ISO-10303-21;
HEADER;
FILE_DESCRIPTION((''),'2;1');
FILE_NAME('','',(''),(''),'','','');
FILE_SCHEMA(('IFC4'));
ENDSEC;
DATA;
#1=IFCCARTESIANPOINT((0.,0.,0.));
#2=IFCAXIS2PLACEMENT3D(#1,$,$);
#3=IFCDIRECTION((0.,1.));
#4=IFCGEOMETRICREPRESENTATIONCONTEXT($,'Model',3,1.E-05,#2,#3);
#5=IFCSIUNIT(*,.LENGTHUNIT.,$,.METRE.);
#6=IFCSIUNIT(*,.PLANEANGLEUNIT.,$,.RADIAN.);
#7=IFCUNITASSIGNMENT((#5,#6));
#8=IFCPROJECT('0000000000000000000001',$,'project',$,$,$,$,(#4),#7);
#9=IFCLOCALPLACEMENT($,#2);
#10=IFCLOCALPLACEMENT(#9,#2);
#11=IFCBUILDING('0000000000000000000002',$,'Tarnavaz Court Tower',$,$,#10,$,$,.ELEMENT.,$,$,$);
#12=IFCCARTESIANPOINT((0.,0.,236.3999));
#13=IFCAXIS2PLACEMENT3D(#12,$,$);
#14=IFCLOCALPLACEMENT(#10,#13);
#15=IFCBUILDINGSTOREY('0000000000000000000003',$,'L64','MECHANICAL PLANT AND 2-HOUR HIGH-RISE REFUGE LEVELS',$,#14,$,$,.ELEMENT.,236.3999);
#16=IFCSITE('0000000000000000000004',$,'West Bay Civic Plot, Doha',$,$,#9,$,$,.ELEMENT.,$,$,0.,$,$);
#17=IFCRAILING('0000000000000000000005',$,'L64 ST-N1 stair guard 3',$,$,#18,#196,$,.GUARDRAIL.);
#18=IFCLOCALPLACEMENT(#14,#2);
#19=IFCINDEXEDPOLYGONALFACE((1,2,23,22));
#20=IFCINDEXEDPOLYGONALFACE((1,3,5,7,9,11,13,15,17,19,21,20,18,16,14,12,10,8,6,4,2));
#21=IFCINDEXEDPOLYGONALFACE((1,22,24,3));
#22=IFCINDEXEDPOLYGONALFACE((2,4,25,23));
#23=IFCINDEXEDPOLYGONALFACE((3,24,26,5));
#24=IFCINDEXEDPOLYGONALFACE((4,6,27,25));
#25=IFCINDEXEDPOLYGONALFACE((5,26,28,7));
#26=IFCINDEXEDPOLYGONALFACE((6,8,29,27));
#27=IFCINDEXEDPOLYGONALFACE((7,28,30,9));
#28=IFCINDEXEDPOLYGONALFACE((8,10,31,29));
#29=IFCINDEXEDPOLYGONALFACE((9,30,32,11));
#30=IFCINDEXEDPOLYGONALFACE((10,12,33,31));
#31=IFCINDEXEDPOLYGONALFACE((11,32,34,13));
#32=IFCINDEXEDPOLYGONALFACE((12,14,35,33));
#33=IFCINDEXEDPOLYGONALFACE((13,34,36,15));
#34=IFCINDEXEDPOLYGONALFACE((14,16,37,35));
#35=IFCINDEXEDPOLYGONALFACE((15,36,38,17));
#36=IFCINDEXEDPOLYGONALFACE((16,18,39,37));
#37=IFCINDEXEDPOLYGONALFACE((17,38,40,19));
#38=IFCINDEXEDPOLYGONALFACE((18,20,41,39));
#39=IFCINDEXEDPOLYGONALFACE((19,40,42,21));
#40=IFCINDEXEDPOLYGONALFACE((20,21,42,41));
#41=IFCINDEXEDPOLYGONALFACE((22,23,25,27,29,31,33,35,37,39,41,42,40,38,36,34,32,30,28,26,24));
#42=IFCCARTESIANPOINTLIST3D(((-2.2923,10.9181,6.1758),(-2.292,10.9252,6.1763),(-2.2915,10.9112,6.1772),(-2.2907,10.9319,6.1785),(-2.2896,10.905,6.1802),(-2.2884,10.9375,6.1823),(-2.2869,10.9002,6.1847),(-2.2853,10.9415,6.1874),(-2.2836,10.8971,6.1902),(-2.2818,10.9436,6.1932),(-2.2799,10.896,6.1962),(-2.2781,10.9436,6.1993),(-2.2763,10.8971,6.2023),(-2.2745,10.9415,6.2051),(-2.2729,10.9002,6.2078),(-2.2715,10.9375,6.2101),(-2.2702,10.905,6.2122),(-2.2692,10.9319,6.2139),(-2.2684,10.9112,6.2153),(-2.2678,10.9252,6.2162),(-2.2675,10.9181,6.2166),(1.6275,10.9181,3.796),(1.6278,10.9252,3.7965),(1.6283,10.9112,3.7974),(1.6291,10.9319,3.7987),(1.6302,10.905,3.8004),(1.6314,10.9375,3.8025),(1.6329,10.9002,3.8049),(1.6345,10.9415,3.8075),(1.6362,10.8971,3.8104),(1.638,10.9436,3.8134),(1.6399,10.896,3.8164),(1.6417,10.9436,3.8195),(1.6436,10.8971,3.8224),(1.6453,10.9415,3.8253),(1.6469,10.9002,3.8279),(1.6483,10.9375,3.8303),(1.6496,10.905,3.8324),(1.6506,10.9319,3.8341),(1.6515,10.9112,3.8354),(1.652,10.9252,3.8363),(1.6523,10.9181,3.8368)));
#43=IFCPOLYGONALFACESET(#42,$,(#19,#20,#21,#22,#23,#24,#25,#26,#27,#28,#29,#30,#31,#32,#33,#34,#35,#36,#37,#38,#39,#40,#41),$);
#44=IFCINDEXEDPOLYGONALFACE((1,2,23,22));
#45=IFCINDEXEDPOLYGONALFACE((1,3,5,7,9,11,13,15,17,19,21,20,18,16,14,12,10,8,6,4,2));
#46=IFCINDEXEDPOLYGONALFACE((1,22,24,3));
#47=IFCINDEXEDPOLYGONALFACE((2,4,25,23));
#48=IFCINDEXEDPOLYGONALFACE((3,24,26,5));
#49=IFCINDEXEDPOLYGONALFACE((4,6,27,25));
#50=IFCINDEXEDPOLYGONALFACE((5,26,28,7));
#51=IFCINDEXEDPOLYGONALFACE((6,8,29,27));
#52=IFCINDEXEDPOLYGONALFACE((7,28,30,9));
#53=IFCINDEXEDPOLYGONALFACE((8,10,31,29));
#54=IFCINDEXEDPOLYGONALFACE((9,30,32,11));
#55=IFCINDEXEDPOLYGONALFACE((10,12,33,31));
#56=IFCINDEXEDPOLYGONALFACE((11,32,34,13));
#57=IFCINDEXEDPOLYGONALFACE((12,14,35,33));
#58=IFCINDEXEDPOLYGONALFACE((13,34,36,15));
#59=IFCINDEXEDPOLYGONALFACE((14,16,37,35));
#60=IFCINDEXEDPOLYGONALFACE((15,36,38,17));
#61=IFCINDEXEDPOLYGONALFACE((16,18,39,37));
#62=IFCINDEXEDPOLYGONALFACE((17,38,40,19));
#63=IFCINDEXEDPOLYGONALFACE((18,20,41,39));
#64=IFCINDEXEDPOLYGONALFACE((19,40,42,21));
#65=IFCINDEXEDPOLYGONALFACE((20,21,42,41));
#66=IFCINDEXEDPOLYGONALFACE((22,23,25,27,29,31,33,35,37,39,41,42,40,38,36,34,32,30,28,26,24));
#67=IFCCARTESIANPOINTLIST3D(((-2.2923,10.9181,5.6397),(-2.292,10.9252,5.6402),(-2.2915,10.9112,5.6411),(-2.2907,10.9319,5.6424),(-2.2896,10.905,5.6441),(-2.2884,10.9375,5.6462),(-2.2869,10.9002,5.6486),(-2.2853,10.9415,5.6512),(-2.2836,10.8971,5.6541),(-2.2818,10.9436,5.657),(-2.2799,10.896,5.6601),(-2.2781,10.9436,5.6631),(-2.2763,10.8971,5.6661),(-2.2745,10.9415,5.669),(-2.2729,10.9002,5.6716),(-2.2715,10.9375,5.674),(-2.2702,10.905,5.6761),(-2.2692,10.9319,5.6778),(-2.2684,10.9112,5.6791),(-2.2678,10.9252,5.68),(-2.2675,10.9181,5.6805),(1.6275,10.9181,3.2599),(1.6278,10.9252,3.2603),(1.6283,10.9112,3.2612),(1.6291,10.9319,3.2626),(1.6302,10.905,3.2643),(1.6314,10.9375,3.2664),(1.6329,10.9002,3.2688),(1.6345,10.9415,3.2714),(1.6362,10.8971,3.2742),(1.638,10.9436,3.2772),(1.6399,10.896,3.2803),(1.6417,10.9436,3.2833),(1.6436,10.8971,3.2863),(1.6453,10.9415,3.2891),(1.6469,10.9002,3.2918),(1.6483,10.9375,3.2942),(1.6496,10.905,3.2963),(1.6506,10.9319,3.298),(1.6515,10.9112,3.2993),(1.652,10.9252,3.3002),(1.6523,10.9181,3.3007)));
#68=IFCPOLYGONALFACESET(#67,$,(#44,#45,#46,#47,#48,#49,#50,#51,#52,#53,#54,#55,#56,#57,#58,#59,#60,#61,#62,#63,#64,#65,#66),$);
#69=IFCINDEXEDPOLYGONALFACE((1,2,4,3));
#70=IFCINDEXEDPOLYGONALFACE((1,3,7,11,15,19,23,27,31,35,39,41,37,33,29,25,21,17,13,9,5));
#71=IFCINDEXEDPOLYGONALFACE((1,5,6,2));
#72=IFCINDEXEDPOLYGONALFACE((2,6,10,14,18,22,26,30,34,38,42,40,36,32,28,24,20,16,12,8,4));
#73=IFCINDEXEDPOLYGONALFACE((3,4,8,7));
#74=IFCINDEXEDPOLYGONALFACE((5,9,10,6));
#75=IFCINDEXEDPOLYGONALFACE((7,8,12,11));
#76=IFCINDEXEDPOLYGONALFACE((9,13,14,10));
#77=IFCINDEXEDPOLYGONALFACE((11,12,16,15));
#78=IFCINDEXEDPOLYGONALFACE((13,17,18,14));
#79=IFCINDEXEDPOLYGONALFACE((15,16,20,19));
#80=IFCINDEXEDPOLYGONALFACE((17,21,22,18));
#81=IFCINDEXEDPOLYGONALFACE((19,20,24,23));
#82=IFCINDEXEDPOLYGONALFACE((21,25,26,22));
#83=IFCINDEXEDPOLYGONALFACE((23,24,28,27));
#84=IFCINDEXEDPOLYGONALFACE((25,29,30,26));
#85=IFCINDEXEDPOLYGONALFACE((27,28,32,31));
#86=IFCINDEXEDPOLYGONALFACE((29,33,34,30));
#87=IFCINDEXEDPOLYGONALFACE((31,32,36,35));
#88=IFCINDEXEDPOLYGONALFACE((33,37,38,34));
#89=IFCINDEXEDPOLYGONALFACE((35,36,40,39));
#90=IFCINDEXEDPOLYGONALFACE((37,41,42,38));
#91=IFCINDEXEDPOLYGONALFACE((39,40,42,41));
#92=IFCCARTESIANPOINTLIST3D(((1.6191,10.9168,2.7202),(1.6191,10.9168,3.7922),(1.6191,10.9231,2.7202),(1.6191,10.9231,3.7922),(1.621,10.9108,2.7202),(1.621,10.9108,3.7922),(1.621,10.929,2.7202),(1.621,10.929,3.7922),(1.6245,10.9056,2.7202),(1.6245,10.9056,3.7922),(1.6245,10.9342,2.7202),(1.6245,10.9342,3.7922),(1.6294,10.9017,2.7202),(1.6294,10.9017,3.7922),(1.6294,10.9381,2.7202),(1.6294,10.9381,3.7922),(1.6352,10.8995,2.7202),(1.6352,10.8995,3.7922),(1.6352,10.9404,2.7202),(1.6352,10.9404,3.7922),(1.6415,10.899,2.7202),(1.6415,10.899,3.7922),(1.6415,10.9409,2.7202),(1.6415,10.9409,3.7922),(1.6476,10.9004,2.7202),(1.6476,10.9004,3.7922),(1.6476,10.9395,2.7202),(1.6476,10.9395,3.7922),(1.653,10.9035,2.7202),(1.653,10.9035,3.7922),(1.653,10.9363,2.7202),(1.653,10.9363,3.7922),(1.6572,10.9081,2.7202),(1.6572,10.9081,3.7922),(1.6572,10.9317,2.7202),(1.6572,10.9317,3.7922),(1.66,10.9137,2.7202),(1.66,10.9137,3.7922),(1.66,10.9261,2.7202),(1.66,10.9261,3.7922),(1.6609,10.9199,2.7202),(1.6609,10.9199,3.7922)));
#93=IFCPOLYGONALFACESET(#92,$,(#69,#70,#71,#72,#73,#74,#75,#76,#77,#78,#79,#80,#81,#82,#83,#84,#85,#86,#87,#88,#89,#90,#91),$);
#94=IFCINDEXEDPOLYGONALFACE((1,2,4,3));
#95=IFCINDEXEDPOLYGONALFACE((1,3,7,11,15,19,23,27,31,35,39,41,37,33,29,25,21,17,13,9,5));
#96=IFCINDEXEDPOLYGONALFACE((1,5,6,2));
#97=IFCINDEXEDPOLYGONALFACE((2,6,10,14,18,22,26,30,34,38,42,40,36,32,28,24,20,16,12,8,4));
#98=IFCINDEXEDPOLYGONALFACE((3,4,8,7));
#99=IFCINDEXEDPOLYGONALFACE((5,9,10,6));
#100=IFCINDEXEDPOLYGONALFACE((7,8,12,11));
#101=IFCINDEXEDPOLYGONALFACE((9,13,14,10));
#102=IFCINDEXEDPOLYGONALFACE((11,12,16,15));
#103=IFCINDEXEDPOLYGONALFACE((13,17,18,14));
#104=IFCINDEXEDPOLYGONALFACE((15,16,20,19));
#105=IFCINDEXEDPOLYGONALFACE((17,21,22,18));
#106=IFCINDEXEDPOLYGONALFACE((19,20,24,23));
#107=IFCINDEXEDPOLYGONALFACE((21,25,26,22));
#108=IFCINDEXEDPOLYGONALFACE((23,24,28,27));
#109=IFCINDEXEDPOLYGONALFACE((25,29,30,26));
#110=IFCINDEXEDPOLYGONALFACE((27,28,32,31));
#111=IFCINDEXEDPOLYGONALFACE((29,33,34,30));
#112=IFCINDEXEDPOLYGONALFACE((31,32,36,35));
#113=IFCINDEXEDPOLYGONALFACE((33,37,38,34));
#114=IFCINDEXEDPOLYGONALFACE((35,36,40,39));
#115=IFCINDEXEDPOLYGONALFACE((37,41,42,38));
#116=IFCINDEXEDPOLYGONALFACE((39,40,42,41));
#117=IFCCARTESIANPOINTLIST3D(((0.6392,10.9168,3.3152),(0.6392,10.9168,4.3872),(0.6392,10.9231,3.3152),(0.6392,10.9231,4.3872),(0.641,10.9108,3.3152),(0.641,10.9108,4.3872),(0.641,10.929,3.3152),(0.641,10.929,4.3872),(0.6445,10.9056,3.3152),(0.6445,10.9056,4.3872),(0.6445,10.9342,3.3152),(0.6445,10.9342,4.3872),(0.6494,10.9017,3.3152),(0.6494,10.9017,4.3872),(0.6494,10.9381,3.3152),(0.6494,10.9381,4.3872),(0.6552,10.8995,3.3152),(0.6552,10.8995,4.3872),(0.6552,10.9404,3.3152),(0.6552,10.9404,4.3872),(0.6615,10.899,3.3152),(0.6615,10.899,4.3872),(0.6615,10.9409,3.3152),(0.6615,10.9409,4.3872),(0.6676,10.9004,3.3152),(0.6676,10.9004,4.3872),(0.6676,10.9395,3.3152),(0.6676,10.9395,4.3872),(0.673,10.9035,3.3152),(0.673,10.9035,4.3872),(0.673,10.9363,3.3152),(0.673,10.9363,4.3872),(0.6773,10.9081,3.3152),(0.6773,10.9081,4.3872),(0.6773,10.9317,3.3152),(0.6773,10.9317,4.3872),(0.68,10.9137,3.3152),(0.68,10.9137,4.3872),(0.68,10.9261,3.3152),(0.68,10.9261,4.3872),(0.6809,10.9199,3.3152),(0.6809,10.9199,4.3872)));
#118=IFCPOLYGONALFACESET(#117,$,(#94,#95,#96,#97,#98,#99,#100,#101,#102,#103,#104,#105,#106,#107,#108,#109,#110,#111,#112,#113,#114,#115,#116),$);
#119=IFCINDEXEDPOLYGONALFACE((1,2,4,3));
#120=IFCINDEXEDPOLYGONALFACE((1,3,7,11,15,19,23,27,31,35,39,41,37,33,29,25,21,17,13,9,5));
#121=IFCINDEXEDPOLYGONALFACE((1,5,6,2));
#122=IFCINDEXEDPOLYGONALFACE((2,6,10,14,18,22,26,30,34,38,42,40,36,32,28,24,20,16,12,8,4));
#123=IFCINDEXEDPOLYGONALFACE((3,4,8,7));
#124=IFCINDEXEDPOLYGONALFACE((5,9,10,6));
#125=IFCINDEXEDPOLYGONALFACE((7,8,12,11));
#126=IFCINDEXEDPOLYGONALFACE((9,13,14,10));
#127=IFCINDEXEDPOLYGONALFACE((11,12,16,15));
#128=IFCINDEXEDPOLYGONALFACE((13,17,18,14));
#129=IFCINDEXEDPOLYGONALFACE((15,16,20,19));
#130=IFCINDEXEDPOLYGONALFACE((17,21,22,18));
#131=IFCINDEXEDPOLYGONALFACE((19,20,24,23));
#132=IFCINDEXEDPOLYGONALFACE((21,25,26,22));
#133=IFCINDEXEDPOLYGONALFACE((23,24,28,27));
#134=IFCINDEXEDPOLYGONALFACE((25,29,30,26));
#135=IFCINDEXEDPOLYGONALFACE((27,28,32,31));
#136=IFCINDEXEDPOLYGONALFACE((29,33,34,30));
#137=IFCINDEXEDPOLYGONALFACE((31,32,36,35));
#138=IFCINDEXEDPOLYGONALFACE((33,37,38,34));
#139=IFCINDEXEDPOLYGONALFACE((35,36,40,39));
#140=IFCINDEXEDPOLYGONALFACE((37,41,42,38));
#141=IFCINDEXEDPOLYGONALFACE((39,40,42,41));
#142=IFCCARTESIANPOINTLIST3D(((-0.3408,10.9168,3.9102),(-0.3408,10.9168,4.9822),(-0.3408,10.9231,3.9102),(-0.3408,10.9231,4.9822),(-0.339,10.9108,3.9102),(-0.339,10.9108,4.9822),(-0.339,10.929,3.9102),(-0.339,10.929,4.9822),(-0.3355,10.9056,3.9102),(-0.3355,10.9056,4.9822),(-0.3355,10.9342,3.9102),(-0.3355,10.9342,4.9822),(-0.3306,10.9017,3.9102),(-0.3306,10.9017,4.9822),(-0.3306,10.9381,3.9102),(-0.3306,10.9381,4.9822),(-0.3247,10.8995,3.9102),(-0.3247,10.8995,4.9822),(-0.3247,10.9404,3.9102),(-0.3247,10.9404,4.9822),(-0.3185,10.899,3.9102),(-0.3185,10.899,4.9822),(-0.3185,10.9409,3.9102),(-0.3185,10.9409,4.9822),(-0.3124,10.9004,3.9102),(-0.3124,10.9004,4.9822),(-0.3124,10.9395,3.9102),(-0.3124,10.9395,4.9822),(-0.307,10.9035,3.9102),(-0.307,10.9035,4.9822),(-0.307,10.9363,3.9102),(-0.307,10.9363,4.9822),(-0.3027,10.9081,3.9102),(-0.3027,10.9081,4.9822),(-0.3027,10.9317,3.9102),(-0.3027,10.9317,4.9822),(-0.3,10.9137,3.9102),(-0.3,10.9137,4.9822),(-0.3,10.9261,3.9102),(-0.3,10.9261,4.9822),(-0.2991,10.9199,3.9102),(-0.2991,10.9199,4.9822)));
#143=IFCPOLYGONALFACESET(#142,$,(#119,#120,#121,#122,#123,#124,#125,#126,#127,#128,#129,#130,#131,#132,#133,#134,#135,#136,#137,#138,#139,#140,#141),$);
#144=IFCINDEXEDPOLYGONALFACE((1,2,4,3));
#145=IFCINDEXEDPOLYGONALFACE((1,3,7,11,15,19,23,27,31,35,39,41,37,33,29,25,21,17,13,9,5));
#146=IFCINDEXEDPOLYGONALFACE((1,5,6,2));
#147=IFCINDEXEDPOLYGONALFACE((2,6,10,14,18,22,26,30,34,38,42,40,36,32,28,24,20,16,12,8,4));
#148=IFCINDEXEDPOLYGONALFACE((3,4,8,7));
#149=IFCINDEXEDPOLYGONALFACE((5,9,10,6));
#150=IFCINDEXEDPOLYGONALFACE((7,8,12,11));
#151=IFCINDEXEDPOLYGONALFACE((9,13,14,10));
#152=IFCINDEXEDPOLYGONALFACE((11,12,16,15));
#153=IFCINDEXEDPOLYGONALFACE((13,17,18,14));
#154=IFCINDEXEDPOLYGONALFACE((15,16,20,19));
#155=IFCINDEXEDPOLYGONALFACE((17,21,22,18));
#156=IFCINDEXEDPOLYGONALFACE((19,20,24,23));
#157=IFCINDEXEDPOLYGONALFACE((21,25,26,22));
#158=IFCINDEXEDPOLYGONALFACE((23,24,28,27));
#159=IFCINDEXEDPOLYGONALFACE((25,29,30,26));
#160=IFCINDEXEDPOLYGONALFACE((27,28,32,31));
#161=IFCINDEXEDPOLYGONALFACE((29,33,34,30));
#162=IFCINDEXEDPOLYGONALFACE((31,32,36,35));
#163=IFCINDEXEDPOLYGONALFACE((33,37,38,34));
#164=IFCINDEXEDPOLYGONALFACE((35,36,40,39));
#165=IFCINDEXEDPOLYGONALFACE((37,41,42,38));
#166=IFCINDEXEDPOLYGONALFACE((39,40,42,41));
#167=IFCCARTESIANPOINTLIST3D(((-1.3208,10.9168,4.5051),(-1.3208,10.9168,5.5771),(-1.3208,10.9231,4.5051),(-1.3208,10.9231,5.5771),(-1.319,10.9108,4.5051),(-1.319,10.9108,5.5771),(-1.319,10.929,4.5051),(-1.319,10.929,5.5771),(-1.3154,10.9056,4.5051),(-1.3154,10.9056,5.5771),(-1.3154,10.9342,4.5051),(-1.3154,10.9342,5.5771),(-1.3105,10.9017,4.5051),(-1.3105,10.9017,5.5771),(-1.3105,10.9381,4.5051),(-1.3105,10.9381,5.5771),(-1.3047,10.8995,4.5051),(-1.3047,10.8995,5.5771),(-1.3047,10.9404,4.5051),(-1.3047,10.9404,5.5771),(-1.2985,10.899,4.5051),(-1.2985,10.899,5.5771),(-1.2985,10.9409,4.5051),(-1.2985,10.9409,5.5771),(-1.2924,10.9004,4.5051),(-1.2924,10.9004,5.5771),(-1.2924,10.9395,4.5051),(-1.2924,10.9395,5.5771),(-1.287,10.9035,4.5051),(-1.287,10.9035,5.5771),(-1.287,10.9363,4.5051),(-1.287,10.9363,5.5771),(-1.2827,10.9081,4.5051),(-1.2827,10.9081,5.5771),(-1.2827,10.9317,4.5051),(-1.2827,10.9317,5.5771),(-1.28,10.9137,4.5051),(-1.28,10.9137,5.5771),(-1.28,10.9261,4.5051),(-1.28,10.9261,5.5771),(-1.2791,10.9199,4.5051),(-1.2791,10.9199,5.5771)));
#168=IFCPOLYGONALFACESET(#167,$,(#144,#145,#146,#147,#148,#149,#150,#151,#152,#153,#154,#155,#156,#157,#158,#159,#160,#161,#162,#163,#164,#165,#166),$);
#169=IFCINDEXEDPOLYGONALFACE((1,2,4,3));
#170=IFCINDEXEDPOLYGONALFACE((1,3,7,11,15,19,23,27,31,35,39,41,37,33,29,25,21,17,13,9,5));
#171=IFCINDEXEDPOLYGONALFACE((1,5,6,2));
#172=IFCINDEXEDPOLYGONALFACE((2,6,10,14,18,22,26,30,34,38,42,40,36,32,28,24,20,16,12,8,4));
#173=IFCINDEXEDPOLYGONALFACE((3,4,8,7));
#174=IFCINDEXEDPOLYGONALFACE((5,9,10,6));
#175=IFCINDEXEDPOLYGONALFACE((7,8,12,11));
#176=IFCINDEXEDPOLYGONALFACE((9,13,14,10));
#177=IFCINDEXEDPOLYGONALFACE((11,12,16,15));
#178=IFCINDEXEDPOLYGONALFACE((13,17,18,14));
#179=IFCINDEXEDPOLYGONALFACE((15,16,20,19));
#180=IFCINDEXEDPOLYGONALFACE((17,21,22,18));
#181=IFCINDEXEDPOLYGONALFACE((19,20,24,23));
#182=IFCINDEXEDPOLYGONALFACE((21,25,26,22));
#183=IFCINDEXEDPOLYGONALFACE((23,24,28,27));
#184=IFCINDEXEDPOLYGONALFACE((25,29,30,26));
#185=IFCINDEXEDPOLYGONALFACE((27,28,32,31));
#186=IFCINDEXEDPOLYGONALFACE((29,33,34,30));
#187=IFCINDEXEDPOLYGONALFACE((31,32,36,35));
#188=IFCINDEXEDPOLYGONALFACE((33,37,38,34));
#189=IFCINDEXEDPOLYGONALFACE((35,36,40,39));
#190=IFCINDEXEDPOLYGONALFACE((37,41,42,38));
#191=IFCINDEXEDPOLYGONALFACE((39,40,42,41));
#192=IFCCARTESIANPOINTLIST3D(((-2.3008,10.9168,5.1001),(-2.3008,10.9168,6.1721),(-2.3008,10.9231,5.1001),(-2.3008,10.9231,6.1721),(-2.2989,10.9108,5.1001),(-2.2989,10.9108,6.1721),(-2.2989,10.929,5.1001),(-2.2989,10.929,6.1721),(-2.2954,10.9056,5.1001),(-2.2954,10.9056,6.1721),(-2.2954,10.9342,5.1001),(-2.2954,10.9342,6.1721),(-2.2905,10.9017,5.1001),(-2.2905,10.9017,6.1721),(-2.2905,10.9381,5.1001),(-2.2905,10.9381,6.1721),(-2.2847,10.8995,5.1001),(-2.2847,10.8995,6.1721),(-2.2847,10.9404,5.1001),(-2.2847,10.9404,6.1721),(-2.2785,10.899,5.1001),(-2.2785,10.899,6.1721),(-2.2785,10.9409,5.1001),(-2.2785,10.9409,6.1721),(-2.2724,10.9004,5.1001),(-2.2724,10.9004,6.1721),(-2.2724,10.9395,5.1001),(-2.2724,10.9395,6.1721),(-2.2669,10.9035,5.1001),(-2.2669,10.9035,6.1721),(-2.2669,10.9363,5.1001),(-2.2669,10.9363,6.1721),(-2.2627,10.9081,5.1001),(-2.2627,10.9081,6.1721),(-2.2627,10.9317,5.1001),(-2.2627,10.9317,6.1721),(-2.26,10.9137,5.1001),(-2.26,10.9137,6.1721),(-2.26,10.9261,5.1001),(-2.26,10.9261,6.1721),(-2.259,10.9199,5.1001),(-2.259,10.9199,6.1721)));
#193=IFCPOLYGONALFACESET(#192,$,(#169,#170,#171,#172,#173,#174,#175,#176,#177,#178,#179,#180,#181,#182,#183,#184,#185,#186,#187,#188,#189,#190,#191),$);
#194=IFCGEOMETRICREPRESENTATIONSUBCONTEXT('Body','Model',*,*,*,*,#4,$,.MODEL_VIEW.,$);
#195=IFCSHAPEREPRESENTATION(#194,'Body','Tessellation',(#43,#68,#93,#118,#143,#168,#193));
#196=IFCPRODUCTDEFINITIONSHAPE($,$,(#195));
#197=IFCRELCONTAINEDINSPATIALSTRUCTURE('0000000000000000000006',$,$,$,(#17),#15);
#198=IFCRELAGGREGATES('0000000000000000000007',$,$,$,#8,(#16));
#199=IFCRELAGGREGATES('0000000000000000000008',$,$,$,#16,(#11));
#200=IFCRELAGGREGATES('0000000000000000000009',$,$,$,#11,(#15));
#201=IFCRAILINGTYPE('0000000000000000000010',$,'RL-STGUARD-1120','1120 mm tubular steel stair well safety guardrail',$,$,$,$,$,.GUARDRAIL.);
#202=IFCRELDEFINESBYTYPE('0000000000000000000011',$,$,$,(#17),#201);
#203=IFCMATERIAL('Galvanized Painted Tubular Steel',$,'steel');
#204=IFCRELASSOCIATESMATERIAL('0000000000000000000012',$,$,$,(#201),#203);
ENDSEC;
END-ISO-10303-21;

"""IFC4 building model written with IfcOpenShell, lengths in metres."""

from ifc_helpers import new_model, si_unit, direction, frame, origin, origin_2d, place, context, subcontext, project, spatial, circle, extrude, material, type_object, element, save


model = new_model("IFC4")

# Units and contexts
model_context = context("Model", 3, precision=1e-05, world=origin(), true_north=direction((0.0, 1.0)))
body_context = subcontext(model_context, "Body", "Model", "MODEL_VIEW")
ifc_project = project(units=[si_unit("LENGTHUNIT", "METRE"), si_unit("PLANEANGLEUNIT", "RADIAN")], contexts=[model_context])

# Site, building, storey
site_placement = place(None, origin())
site = spatial("IfcSite", under=ifc_project, at=site_placement, Name="West Bay Civic Plot, Doha", CompositionType="ELEMENT", RefElevation=0.0)
building_placement = place(site_placement, origin())
building = spatial("IfcBuilding", under=site, at=building_placement, Name="Tarnavaz Court Tower", CompositionType="ELEMENT")
storey_placement = place(building_placement, frame((0.0, 0.0, 236.3999)))
storey = spatial("IfcBuildingStorey", under=building, at=storey_placement, Name="L64", Description="MECHANICAL PLANT AND 2-HOUR HIGH-RISE REFUGE LEVELS", CompositionType="ELEMENT", Elevation=236.3999)

# Railing
ifc_material_1 = material(Name="Galvanized Painted Tubular Steel", Category="steel")
railing_type_1 = type_object("IfcRailingType", Name="RL-STGUARD-1120", Description="1120 mm tubular steel stair well safety guardrail", PredefinedType="GUARDRAIL", material=ifc_material_1)
railing_1_placement = place(storey_placement, frame((1.6399, 10.9199, 2.7202)))
element("IfcRailing", 1, at=railing_1_placement, inside=storey, type_object=railing_type_1, Name="L64 ST-N1 stair guard 3", PredefinedType="GUARDRAIL", context=body_context, shape_type="SweptSolid", body=[
    extrude(circle(Radius=0.0239, at=origin_2d()), frame((0.0, 0.0, 1.0962), z_axis=(-0.854794, 0.0, 0.518967), x_axis=(0.0, -1.0, 0.0)), (0.0, 0.0, 1.0), 4.5857),
    extrude(circle(Radius=0.0239, at=origin_2d()), frame((0.0, 0.0, 0.5601), z_axis=(-0.854794, 0.0, 0.518967), x_axis=(0.0, -1.0, 0.0)), (0.0, 0.0, 1.0), 4.5857),
    extrude(circle(Radius=0.021, at=origin_2d()), origin(), (0.0, 0.0, 1.0), 1.072),
    extrude(circle(Radius=0.021, at=origin_2d()), frame((-0.98, 0.0, 0.595)), (0.0, 0.0, 1.0), 1.072),
    extrude(circle(Radius=0.021, at=origin_2d()), frame((-1.96, 0.0, 1.1899)), (0.0, 0.0, 1.0), 1.072),
    extrude(circle(Radius=0.021, at=origin_2d()), frame((-2.9399, 0.0, 1.7849)), (0.0, 0.0, 1.0), 1.072),
    extrude(circle(Radius=0.021, at=origin_2d()), frame((-3.9199, 0.0, 2.3799)), (0.0, 0.0, 1.0), 1.072),
])

save(model, "model.ifc")
